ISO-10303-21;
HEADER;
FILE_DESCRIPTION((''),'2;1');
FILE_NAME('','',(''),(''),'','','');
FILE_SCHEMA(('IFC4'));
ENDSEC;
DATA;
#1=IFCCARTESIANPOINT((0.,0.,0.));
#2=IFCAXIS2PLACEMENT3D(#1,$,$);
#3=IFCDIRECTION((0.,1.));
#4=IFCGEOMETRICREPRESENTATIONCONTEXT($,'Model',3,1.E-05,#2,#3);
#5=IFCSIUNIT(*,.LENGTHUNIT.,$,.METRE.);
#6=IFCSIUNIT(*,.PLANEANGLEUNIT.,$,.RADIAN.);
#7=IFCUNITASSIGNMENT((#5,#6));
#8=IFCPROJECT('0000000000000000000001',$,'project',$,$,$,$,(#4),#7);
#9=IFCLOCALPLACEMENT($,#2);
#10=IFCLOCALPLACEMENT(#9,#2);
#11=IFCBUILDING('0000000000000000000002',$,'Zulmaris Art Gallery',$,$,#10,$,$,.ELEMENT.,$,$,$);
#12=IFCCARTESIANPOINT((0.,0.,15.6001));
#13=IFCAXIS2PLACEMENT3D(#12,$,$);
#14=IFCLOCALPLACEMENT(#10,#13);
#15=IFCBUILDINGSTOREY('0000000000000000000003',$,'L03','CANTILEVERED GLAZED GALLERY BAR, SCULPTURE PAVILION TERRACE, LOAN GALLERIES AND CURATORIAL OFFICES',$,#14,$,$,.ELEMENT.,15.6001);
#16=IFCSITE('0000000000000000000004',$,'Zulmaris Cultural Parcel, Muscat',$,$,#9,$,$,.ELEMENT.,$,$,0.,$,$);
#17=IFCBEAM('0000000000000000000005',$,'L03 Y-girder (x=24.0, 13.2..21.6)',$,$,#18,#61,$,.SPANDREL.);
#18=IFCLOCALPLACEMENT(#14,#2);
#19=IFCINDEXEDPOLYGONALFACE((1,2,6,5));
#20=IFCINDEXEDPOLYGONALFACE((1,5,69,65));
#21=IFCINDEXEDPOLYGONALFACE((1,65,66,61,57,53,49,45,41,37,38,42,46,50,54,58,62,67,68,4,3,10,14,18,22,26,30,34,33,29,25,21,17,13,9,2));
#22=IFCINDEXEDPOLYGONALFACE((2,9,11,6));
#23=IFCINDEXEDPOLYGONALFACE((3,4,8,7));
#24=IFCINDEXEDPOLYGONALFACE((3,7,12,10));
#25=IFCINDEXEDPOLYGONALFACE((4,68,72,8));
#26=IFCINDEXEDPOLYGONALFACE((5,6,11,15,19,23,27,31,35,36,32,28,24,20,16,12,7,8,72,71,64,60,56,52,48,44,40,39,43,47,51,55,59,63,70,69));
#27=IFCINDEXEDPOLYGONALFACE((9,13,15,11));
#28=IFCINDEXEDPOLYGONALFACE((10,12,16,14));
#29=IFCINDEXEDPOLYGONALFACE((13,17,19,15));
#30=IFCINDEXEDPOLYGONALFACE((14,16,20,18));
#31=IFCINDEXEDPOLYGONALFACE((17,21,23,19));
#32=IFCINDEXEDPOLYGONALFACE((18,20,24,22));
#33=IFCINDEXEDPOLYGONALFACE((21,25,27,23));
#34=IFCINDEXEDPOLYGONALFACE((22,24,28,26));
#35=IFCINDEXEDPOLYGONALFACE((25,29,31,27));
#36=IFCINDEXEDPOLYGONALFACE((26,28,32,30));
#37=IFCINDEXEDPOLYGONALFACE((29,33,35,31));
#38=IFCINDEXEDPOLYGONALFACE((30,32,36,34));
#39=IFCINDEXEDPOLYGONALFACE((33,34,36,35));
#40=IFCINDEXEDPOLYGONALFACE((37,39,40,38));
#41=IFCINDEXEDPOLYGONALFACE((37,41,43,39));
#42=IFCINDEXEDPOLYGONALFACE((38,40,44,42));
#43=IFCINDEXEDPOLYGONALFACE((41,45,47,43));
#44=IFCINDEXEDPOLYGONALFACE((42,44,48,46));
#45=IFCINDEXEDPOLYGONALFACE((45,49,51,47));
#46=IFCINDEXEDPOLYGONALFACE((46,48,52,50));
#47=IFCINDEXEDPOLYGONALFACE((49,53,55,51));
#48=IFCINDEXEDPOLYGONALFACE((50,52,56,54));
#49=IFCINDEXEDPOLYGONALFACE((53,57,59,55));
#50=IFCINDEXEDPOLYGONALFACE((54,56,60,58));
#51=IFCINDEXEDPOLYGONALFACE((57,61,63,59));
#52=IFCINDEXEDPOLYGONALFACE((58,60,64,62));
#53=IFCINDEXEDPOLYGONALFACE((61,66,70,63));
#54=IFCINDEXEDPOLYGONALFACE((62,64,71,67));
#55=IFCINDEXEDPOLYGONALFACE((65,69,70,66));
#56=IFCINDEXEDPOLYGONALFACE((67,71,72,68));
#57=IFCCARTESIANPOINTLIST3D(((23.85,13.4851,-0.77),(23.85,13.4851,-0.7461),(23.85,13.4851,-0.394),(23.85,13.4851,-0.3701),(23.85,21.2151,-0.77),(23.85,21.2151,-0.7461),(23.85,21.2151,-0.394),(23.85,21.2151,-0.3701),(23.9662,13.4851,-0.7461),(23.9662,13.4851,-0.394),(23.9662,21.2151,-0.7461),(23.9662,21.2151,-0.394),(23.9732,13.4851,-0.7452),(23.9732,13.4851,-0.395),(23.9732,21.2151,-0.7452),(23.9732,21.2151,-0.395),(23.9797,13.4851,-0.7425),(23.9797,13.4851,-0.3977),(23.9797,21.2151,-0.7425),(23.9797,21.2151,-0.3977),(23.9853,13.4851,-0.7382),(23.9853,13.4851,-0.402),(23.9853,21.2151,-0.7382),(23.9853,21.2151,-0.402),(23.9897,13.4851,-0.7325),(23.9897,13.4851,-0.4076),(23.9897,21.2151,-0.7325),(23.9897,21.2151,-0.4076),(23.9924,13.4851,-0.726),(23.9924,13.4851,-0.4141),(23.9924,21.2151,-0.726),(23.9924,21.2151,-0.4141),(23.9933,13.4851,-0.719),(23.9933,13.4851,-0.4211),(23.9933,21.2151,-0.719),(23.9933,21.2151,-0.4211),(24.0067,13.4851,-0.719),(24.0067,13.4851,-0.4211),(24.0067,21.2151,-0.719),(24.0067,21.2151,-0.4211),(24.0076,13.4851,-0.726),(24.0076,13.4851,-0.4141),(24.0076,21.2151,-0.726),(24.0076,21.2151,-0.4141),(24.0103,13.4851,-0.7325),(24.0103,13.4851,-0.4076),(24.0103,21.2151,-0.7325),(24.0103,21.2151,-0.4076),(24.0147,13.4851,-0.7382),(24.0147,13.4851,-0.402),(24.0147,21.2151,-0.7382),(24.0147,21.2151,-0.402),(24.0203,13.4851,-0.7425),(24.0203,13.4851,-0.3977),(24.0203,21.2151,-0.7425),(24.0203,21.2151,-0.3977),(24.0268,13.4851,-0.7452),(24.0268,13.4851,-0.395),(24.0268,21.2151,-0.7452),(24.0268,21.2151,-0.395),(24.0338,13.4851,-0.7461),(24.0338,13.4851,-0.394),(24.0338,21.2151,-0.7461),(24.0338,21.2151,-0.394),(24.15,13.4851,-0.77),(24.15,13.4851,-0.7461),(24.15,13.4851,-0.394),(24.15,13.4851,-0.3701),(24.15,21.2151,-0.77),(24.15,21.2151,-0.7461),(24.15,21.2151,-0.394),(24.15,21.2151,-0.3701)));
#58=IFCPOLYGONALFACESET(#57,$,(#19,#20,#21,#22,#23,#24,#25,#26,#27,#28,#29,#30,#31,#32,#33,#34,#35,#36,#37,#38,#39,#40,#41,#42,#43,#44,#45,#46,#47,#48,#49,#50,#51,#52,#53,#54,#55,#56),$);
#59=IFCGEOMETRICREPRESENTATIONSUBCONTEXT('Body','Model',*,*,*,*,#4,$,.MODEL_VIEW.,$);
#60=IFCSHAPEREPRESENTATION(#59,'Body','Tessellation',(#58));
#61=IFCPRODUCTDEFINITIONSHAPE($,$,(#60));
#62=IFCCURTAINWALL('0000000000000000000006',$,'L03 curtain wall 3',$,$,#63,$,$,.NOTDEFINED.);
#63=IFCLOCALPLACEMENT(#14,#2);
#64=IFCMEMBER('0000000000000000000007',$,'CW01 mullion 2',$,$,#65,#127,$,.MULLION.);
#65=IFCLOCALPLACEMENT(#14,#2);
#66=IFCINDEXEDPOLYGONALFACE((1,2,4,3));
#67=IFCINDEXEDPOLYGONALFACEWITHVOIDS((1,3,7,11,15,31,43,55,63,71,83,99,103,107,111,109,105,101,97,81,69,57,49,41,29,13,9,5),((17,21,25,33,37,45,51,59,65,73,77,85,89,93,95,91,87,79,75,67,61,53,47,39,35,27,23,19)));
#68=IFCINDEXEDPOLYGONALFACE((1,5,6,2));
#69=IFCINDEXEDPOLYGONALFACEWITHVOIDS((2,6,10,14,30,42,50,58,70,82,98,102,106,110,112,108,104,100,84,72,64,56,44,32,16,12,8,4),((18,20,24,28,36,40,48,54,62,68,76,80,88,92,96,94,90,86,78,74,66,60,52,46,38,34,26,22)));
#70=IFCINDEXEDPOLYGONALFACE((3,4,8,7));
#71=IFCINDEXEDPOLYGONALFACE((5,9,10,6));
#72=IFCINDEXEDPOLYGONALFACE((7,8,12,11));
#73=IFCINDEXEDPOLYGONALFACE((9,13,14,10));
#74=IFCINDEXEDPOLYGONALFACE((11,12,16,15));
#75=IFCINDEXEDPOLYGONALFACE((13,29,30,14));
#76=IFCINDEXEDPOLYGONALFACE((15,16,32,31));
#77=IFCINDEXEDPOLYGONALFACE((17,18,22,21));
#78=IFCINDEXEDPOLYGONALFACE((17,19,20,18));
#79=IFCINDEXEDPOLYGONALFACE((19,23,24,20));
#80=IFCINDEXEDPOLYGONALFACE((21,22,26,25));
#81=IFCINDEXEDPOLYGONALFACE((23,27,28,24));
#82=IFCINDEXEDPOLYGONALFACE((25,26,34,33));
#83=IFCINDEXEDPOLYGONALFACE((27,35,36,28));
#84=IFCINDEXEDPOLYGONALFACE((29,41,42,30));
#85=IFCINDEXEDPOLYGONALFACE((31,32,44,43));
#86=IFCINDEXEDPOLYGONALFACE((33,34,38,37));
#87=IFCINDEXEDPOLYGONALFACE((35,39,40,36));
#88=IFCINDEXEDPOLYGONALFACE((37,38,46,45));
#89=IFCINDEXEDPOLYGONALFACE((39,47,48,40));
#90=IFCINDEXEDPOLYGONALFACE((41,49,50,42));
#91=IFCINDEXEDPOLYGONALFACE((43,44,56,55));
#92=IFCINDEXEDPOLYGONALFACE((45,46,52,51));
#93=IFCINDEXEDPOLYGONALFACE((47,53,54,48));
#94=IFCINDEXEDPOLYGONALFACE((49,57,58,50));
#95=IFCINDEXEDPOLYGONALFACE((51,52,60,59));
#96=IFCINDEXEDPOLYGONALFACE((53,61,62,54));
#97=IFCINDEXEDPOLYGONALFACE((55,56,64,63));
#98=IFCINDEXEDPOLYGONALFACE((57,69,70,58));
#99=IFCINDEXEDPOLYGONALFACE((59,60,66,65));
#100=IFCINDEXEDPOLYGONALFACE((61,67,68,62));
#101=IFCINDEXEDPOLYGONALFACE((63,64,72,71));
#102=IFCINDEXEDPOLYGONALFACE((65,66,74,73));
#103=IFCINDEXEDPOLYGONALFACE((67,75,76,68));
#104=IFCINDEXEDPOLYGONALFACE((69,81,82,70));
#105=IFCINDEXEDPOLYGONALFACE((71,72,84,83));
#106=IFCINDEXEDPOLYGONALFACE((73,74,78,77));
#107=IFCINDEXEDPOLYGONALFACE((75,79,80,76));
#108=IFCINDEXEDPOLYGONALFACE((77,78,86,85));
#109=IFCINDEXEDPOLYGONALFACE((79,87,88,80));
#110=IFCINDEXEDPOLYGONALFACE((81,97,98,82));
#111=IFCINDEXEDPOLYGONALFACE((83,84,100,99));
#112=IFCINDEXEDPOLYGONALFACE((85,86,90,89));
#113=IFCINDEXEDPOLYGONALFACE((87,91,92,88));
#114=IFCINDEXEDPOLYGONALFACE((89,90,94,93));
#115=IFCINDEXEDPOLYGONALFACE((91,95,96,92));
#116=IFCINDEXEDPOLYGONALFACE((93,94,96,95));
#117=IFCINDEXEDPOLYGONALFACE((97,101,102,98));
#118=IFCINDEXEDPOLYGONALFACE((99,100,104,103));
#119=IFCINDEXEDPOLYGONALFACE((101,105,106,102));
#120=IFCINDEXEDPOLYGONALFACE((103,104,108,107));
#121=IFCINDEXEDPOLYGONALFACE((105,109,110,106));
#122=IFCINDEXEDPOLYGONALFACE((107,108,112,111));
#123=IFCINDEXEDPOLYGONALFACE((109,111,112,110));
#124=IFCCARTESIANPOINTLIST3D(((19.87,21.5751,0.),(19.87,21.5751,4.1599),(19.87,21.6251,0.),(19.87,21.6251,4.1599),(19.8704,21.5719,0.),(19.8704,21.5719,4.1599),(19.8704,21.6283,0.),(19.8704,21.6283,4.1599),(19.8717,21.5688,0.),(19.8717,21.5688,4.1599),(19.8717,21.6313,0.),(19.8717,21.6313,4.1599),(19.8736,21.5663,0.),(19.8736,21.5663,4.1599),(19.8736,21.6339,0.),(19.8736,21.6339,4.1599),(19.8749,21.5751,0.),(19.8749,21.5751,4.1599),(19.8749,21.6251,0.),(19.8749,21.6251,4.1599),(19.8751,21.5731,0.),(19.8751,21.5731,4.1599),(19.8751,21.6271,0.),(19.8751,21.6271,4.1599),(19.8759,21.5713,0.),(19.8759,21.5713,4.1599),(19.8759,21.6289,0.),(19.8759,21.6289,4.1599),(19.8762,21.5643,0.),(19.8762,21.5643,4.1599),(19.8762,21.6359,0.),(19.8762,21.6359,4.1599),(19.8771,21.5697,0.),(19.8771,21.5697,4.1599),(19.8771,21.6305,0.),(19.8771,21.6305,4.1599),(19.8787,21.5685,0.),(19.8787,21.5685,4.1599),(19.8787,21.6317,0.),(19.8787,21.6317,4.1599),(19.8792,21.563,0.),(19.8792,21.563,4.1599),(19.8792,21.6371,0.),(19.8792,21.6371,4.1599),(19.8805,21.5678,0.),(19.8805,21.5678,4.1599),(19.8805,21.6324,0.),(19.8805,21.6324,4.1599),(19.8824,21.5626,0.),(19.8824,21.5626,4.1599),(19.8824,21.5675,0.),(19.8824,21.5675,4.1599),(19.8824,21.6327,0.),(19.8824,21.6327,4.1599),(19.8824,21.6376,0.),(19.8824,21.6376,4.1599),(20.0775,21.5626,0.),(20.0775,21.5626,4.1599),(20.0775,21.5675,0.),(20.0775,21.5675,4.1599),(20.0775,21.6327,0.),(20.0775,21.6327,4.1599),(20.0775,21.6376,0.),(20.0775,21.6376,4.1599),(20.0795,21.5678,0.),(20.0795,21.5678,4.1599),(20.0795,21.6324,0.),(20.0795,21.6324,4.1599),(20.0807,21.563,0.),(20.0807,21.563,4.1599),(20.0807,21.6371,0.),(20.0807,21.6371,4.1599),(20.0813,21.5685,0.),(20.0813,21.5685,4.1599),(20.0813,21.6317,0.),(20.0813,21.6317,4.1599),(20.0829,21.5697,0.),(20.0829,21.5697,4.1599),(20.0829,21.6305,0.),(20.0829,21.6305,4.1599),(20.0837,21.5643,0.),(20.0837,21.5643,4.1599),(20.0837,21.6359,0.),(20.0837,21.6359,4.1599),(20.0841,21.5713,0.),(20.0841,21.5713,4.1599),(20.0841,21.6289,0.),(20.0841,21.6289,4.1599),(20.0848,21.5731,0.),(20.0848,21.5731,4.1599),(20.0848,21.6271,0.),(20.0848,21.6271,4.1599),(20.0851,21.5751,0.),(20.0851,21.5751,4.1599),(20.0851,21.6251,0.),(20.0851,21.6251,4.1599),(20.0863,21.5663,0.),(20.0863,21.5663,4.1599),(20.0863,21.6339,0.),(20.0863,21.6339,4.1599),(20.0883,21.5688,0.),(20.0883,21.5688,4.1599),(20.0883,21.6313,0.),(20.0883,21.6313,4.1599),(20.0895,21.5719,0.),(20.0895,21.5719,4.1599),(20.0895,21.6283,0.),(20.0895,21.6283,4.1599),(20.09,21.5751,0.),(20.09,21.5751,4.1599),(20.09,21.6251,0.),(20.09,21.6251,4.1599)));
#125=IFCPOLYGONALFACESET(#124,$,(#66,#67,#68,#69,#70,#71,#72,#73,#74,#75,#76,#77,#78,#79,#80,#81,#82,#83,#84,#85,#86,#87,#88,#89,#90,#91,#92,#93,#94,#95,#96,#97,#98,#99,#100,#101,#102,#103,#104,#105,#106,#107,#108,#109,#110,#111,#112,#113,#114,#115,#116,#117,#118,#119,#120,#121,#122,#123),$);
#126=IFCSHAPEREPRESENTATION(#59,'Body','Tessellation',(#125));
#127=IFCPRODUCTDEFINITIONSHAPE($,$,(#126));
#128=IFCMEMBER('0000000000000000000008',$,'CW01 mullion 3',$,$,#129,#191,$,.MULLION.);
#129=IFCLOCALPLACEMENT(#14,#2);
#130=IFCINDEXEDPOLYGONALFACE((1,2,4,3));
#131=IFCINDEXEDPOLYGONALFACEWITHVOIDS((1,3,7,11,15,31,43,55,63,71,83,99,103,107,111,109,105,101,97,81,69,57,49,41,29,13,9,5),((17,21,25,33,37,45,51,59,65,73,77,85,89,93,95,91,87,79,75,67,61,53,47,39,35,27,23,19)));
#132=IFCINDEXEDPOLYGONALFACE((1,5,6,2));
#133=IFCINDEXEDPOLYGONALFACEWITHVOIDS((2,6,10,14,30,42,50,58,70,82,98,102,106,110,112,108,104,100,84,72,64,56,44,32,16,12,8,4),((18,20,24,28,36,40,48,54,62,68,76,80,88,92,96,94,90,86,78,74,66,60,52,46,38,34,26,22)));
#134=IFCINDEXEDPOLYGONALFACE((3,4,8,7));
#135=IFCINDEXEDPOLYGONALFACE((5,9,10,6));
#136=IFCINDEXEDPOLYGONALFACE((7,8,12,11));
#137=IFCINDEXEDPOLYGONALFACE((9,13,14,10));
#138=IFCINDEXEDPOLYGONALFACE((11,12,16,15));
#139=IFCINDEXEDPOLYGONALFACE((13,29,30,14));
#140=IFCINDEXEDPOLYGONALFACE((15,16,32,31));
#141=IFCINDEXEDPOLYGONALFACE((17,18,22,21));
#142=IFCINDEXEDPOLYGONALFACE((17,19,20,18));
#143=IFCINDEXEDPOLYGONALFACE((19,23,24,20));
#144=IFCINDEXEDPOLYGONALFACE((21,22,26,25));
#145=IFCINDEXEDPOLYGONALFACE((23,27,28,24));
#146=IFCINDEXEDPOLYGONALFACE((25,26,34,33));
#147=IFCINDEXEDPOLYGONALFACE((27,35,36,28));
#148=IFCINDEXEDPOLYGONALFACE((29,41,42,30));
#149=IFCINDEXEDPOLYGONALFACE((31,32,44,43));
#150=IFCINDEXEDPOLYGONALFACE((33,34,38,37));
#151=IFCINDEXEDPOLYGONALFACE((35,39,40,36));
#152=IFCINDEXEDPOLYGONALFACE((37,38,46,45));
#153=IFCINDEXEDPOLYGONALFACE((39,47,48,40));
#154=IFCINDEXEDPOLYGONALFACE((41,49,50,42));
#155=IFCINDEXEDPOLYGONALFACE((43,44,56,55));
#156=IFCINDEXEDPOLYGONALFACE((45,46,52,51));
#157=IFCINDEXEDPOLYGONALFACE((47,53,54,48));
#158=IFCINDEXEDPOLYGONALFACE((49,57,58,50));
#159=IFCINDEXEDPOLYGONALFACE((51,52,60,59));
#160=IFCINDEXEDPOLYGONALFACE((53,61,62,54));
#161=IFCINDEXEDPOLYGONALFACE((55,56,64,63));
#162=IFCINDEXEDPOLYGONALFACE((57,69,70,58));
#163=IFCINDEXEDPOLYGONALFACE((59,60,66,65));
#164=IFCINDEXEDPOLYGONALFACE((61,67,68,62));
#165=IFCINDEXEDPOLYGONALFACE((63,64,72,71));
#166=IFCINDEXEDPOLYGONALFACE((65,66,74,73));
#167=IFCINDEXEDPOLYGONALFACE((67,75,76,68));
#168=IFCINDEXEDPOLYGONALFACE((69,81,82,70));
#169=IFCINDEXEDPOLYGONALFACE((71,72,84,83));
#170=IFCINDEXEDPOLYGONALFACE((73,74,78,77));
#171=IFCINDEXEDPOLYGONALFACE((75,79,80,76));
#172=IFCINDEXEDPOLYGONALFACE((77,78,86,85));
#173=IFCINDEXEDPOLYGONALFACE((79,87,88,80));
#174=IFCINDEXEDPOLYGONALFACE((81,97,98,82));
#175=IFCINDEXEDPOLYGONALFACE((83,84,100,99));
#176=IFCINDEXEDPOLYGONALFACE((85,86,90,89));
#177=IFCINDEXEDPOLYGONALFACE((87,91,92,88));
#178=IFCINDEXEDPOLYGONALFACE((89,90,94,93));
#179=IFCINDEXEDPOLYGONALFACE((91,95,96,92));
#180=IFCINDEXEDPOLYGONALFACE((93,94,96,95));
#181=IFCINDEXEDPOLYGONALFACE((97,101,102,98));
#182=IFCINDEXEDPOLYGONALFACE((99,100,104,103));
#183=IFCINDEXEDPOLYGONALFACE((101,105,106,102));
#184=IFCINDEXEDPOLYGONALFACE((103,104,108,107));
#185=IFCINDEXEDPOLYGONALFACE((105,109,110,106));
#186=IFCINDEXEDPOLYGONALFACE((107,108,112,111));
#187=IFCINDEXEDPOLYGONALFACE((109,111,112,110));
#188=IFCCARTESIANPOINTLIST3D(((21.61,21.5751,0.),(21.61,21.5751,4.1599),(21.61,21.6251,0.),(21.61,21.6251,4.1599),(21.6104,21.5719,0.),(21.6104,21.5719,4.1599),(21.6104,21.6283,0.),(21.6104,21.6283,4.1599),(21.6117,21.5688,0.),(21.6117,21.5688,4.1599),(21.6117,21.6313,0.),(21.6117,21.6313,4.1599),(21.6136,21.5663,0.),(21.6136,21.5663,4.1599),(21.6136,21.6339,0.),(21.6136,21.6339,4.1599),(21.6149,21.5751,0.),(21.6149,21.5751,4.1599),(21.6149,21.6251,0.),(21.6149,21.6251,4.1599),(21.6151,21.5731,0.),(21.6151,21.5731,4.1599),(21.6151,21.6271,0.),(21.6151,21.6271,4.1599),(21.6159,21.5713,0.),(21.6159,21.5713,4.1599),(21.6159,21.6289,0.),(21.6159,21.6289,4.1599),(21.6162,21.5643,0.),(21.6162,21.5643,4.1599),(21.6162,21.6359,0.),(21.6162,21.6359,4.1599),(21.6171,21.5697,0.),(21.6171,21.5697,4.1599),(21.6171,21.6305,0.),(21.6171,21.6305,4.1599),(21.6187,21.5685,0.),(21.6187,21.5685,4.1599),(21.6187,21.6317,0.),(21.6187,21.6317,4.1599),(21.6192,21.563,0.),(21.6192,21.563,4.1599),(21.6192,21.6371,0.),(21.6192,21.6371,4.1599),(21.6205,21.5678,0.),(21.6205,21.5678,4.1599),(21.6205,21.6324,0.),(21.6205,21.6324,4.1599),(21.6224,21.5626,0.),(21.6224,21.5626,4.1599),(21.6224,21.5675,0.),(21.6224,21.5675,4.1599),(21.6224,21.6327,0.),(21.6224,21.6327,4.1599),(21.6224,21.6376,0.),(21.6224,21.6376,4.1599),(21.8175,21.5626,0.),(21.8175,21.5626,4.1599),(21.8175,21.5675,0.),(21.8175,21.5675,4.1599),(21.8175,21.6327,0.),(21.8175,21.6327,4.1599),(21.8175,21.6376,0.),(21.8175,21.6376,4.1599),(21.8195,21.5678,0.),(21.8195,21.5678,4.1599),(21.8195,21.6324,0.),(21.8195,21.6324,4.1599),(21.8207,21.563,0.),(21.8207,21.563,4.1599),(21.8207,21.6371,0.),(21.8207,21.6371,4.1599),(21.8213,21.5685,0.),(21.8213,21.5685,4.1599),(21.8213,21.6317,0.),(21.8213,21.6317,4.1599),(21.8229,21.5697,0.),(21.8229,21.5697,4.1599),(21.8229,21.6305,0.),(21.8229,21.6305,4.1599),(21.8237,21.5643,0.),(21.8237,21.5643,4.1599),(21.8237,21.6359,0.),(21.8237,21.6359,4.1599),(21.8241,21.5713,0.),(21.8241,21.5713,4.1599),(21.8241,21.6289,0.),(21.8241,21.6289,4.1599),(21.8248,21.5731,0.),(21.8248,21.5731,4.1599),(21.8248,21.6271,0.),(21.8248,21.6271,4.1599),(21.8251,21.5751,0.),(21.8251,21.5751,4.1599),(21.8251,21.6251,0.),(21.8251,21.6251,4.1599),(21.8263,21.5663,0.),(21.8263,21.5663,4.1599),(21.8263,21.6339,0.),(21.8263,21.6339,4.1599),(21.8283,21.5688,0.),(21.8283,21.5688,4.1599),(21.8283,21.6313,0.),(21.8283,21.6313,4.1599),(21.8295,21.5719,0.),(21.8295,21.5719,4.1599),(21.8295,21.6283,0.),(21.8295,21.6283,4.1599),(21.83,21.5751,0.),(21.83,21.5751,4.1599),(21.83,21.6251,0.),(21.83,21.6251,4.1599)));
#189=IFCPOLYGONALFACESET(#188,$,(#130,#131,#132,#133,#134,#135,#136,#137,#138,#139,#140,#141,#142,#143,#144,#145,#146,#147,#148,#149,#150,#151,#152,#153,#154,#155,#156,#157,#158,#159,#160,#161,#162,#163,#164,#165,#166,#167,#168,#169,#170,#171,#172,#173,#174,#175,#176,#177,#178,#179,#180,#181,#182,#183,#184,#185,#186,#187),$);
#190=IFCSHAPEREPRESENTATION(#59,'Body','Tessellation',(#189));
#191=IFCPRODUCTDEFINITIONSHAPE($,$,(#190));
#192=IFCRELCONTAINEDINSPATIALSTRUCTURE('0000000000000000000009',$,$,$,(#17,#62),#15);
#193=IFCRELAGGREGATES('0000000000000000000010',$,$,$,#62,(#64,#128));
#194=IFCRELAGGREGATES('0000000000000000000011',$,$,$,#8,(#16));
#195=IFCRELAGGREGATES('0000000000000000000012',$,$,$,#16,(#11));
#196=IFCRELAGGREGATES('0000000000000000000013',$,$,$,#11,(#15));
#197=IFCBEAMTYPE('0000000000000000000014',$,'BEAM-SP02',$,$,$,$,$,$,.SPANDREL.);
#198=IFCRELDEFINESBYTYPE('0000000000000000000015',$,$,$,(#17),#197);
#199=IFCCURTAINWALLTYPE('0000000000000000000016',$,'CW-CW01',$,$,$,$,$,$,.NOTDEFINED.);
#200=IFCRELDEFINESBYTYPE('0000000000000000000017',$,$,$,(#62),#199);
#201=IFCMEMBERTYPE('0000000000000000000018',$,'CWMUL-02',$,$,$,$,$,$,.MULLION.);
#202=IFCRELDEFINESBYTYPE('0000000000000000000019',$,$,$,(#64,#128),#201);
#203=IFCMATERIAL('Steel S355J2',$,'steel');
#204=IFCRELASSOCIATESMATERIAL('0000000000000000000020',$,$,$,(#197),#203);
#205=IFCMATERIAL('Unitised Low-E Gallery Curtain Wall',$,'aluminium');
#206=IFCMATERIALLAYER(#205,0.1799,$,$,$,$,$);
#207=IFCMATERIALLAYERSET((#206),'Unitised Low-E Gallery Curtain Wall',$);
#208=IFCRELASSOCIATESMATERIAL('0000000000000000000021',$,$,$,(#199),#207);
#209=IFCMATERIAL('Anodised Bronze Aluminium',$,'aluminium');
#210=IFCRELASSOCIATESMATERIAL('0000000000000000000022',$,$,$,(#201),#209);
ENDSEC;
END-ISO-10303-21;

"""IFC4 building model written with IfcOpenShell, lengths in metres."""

from ifc_helpers import new_model, si_unit, direction, frame, origin, origin_2d, place, context, subcontext, project, spatial, hollow_rectangle, i_section, extrude, material, layer, layer_set, material_profile, profile_set, type_object, element, aggregate, save


model = new_model("IFC4")

# Units and contexts
model_context = context("Model", 3, precision=1e-05, world=origin(), true_north=direction((0.0, 1.0)))
body_context = subcontext(model_context, "Body", "Model", "MODEL_VIEW")
ifc_project = project(units=[si_unit("LENGTHUNIT", "METRE"), si_unit("PLANEANGLEUNIT", "RADIAN")], contexts=[model_context])

# Site, building, storey
site_placement = place(None, origin())
site = spatial("IfcSite", under=ifc_project, at=site_placement, Name="Zulmaris Cultural Parcel, Muscat", CompositionType="ELEMENT", RefElevation=0.0)
building_placement = place(site_placement, origin())
building = spatial("IfcBuilding", under=site, at=building_placement, Name="Zulmaris Art Gallery", CompositionType="ELEMENT")
storey_placement = place(building_placement, frame((0.0, 0.0, 15.6001)))
storey = spatial("IfcBuildingStorey", under=building, at=storey_placement, Name="L03", Description="CANTILEVERED GLAZED GALLERY BAR, SCULPTURE PAVILION TERRACE, LOAN GALLERIES AND CURATORIAL OFFICES", CompositionType="ELEMENT", Elevation=15.6001)

# Beam
ifc_material_1 = material(Name="Steel S355J2", Category="steel")
ifc_material_profile_1 = material_profile(ifc_material_1, i_section(OverallWidth=0.3, OverallDepth=0.3999, WebThickness=0.0134, FlangeThickness=0.0239, FilletRadius=0.0271, at=origin_2d()), Name="HEB 400")
ifc_profile_set_1 = profile_set([ifc_material_profile_1], Name="Steel S355J2")
beam_type_1 = type_object("IfcBeamType", Name="BEAM-SP02", PredefinedType="SPANDREL", material=ifc_profile_set_1)
beam_1_placement = place(storey_placement, frame((24.0, 13.4851, -0.5701), z_axis=(0.0, 1.0, 0.0), x_axis=(-1.0, 0.0, 0.0)))
element("IfcBeam", 1, at=beam_1_placement, inside=storey, type_object=beam_type_1, Name="L03 Y-girder (x=24.0, 13.2..21.6)", PredefinedType="SPANDREL", context=body_context, shape_type="SweptSolid", body=[
    extrude(i_section(OverallWidth=0.3, OverallDepth=0.3999, WebThickness=0.0134, FlangeThickness=0.0239, FilletRadius=0.0271, at=origin_2d()), origin(), (0.0, 0.0, 1.0), 7.73),
])

# Curtain wall, members
ifc_material_2 = material(Name="Unitised Low-E Gallery Curtain Wall", Category="aluminium")
ifc_layer_1 = layer(ifc_material_2, 0.1799)
ifc_layer_set_1 = layer_set([ifc_layer_1], Name="Unitised Low-E Gallery Curtain Wall")
curtain_wall_type = type_object("IfcCurtainWallType", Name="CW-CW01", PredefinedType="NOTDEFINED", material=ifc_layer_set_1)
curtain_wall_1_placement = place(storey_placement, origin())
curtain_wall_1 = element("IfcCurtainWall", 2, at=curtain_wall_1_placement, inside=storey, type_object=curtain_wall_type, Name="L03 curtain wall 3", PredefinedType="NOTDEFINED")
ifc_material_3 = material(Name="Anodised Bronze Aluminium", Category="aluminium")
ifc_material_profile_2 = material_profile(ifc_material_3, hollow_rectangle(XDim=0.075, YDim=0.22, WallThickness=0.0049, InnerFilletRadius=0.0076, OuterFilletRadius=0.0125, at=origin_2d()), Name="ALU 75x220x5")
ifc_profile_set_2 = profile_set([ifc_material_profile_2], Name="Anodised Bronze Aluminium")
member_type_1 = type_object("IfcMemberType", Name="CWMUL-02", PredefinedType="MULLION", material=ifc_profile_set_2)
member_1_placement = place(storey_placement, frame((19.98, 21.6001, 0.0), z_axis=(0.0, 0.0, 1.0), x_axis=(0.0, 1.0, 0.0)))
member_1 = element("IfcMember", 3, at=member_1_placement, type_object=member_type_1, Name="CW01 mullion 2", PredefinedType="MULLION", context=body_context, shape_type="SweptSolid", body=[
    extrude(hollow_rectangle(XDim=0.075, YDim=0.22, WallThickness=0.0049, InnerFilletRadius=0.0076, OuterFilletRadius=0.0125, at=origin_2d()), origin(), (0.0, 0.0, 1.0), 4.1599),
])
member_2_placement = place(storey_placement, frame((21.72, 21.6001, 0.0), z_axis=(0.0, 0.0, 1.0), x_axis=(0.0, 1.0, 0.0)))
member_2 = element("IfcMember", 4, at=member_2_placement, type_object=member_type_1, Name="CW01 mullion 3", PredefinedType="MULLION", context=body_context, shape_type="SweptSolid", body=[
    extrude(hollow_rectangle(XDim=0.075, YDim=0.22, WallThickness=0.0049, InnerFilletRadius=0.0076, OuterFilletRadius=0.0125, at=origin_2d()), origin(), (0.0, 0.0, 1.0), 4.1599),
])

aggregate(curtain_wall_1, [member_1, member_2])

save(model, "model.ifc")
